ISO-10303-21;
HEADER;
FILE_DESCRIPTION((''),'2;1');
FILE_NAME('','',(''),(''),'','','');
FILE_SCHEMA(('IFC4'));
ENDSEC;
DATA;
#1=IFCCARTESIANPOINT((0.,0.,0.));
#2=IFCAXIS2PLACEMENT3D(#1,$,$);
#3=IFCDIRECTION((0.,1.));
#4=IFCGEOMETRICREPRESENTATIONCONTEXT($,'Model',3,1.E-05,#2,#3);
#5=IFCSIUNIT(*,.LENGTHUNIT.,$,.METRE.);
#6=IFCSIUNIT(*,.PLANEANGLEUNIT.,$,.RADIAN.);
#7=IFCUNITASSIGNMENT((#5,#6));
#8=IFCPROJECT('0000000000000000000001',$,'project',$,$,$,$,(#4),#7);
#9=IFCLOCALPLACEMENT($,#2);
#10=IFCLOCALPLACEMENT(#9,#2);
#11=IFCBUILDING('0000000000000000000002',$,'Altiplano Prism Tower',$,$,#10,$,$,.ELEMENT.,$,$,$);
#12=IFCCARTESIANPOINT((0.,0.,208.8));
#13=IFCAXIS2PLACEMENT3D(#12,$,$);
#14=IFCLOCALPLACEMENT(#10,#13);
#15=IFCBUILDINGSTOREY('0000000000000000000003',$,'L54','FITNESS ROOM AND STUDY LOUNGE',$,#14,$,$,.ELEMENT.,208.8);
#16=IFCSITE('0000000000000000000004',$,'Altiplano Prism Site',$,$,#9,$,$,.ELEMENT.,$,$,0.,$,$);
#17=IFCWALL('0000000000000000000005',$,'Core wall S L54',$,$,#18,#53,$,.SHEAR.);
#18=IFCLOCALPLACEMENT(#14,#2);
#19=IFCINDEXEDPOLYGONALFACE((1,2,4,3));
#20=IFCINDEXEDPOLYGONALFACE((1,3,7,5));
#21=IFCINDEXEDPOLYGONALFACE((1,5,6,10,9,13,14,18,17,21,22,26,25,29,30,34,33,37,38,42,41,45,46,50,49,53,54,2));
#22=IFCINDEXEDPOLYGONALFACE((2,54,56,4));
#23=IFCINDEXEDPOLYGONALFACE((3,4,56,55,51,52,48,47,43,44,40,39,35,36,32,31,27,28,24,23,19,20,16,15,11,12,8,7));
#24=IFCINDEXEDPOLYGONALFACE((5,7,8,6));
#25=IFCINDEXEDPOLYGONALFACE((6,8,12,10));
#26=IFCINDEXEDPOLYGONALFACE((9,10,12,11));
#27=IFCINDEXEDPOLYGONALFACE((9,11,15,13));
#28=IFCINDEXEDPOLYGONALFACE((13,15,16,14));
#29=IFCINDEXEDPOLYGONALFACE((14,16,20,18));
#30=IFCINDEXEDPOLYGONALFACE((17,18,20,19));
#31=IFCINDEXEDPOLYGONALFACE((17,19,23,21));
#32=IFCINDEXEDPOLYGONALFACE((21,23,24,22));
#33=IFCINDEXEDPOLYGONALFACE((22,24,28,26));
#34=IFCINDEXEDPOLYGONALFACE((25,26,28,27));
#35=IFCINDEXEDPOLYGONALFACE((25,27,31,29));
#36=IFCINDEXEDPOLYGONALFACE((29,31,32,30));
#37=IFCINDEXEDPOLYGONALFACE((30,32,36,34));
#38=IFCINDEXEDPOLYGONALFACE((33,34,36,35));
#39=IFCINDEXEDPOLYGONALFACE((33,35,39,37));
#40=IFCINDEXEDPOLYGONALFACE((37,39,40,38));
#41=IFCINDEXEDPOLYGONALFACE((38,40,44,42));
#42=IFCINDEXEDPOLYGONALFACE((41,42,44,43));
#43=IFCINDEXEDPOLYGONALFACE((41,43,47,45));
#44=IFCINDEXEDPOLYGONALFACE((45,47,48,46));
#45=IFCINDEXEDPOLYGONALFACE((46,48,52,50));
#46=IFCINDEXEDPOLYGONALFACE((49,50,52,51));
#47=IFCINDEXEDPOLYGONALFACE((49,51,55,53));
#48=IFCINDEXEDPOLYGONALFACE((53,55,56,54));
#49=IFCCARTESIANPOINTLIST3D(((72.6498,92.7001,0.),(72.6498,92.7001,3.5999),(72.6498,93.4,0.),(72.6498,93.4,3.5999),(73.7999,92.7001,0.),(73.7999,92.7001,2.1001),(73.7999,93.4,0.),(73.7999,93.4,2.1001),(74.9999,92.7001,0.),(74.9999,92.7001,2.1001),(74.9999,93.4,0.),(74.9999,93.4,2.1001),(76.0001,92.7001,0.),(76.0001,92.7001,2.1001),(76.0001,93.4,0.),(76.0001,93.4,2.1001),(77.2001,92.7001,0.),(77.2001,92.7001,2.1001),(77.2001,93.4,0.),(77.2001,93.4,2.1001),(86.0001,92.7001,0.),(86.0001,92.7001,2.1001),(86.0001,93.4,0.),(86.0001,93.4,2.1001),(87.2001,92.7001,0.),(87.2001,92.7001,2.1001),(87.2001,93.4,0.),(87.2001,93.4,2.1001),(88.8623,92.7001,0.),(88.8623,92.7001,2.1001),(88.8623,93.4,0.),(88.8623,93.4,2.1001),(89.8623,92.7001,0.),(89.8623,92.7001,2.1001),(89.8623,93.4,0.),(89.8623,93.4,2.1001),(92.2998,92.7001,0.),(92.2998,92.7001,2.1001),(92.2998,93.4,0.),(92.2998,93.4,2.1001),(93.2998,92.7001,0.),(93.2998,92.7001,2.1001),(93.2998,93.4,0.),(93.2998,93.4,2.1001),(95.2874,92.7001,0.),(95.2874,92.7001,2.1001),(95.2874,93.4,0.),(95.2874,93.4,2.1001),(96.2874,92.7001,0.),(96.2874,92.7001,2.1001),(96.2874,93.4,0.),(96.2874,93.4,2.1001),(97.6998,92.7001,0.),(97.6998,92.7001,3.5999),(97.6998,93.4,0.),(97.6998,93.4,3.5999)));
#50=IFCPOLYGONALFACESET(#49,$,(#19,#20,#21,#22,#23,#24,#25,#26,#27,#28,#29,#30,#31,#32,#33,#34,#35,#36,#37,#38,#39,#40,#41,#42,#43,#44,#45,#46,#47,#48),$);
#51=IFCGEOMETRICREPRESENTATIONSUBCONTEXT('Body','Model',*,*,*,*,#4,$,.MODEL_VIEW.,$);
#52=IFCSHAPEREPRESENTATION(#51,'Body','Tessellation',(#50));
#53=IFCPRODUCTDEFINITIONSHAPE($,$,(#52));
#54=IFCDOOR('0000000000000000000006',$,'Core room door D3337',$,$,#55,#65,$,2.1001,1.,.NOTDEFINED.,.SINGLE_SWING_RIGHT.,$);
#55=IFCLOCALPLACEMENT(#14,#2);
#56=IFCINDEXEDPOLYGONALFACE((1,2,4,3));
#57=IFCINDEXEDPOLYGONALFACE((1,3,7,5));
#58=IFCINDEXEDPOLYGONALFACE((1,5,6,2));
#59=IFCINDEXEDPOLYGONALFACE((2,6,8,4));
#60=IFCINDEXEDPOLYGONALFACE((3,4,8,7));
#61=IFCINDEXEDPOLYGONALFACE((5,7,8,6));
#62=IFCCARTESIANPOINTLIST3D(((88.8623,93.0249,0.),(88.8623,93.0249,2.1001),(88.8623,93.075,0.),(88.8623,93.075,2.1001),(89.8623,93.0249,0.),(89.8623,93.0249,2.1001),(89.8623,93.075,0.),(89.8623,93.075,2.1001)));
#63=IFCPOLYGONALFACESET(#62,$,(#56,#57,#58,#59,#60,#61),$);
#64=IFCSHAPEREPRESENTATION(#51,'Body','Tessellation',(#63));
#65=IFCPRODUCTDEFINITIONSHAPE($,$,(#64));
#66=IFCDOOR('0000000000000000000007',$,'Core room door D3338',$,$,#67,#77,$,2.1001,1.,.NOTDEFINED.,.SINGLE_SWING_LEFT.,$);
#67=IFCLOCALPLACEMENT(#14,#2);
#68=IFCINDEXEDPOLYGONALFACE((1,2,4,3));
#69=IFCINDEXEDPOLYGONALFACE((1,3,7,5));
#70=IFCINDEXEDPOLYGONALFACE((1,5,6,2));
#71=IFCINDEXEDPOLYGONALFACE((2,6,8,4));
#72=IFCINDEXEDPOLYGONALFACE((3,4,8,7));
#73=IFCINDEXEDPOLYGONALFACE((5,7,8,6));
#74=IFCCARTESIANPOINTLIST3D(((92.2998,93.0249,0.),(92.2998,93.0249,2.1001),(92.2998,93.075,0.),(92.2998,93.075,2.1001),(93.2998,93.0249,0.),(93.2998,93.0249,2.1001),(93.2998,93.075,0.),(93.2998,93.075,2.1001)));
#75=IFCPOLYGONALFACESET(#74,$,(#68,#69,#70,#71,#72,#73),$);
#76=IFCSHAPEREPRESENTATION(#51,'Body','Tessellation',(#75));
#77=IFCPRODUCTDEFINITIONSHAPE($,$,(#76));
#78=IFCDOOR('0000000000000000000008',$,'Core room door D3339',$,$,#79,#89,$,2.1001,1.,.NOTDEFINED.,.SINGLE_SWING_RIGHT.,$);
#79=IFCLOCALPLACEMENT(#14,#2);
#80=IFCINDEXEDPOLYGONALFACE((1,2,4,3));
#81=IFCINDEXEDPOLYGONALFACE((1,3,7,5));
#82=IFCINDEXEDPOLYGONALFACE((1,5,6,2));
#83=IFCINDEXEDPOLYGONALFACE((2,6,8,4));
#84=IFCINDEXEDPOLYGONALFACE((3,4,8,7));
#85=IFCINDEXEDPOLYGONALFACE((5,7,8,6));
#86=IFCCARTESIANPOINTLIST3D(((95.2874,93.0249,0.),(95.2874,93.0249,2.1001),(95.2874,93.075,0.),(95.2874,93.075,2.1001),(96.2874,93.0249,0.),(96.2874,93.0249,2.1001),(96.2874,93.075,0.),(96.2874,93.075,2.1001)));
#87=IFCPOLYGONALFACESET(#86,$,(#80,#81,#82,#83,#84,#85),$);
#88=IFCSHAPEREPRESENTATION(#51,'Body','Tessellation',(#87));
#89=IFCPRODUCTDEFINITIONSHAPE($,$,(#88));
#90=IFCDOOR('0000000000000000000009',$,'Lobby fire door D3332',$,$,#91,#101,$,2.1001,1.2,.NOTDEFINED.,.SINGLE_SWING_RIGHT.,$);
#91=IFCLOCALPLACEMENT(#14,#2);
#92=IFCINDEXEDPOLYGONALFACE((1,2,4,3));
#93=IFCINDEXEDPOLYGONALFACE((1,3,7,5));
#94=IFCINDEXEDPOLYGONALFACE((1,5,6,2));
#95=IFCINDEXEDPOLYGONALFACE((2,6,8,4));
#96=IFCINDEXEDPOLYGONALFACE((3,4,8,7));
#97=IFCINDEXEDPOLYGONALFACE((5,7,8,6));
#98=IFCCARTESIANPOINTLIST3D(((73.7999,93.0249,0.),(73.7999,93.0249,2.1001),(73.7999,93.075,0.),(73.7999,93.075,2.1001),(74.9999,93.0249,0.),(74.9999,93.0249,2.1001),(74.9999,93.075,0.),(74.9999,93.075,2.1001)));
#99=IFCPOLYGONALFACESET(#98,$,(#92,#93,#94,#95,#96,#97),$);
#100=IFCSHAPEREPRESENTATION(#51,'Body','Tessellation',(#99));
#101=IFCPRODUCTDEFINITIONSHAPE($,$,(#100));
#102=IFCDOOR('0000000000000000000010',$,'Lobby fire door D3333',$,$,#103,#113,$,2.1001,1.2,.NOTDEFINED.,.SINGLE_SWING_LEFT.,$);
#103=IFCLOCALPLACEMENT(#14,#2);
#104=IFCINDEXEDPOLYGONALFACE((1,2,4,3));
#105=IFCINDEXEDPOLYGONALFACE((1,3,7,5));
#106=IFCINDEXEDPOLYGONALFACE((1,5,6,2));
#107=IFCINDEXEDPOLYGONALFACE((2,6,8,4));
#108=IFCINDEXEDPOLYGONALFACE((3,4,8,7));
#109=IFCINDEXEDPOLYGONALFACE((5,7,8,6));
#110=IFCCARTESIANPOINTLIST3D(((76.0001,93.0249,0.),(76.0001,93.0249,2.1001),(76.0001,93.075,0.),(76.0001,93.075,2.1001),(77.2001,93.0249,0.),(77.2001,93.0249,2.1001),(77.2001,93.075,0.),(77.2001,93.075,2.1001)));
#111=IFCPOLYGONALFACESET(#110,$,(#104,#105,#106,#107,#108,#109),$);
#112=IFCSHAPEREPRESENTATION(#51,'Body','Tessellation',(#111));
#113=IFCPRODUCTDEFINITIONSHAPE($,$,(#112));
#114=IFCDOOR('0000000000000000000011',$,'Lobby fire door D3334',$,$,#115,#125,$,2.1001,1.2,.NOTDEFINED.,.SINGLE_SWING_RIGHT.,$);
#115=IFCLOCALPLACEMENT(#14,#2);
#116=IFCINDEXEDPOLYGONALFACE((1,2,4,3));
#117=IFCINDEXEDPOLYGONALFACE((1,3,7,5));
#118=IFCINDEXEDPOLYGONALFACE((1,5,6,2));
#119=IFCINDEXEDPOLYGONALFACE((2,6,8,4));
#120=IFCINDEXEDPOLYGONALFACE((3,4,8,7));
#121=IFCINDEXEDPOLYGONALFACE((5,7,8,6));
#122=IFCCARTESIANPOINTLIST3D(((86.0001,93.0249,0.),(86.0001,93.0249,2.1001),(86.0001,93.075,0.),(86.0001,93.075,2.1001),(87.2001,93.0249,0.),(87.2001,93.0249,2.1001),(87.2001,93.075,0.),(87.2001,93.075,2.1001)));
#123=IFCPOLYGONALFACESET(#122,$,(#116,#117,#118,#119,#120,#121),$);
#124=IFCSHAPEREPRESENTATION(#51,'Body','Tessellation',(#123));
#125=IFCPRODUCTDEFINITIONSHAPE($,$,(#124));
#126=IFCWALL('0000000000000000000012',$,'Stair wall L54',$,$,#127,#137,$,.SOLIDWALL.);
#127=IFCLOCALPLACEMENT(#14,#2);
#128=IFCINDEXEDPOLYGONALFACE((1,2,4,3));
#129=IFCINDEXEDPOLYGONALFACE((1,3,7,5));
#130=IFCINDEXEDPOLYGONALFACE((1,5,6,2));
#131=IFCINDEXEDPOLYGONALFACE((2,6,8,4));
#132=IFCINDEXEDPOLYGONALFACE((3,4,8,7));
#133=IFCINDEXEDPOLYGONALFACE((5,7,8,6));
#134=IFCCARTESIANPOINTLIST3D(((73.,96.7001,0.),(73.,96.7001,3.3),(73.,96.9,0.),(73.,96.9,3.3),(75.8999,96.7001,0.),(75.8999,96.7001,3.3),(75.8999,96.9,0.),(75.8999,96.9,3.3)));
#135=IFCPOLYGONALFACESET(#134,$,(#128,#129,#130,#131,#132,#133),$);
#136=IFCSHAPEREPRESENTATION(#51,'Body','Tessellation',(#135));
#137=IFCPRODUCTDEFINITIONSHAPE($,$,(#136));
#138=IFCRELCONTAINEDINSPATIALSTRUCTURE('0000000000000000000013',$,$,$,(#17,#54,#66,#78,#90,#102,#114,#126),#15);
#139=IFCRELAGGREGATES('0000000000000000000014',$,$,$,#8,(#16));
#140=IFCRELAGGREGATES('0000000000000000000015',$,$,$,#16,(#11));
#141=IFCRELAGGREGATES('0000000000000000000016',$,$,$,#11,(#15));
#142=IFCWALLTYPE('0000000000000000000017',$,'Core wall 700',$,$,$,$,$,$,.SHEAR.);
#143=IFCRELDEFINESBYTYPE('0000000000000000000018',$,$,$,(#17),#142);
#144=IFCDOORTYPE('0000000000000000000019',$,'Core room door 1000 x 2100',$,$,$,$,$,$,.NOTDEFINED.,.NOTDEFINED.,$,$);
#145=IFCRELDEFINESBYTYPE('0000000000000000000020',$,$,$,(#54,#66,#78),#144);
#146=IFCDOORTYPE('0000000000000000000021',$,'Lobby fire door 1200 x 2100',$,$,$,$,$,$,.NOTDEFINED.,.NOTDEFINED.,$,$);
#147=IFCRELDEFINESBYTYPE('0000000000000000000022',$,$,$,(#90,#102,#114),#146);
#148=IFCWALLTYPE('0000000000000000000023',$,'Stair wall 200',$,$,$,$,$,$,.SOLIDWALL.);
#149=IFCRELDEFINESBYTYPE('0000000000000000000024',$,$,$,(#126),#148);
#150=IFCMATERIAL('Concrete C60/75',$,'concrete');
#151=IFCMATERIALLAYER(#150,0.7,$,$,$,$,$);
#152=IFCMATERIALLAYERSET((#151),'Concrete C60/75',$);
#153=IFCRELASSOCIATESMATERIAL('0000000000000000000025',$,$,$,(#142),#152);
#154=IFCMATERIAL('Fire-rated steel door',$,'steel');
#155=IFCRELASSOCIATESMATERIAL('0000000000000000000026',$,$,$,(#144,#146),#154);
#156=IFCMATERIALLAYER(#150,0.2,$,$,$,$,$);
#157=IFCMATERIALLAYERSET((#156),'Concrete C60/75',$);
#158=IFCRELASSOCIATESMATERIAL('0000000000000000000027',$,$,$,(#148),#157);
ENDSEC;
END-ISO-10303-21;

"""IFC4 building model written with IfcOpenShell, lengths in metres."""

from ifc_helpers import new_model, si_unit, direction, frame, frame_2d, origin, place, context, subcontext, project, spatial, rectangle, extrude, material, layer, layer_set, type_object, element, fill, save


model = new_model("IFC4")

# Units and contexts
model_context = context("Model", 3, precision=1e-05, world=origin(), true_north=direction((0.0, 1.0)))
body_context = subcontext(model_context, "Body", "Model", "MODEL_VIEW")
ifc_project = project(units=[si_unit("LENGTHUNIT", "METRE"), si_unit("PLANEANGLEUNIT", "RADIAN")], contexts=[model_context])

# Site, building, storey
site_placement = place(None, origin())
site = spatial("IfcSite", under=ifc_project, at=site_placement, Name="Altiplano Prism Site", CompositionType="ELEMENT", RefElevation=0.0)
building_placement = place(site_placement, origin())
building = spatial("IfcBuilding", under=site, at=building_placement, Name="Altiplano Prism Tower", CompositionType="ELEMENT")
storey_placement = place(building_placement, frame((0.0, 0.0, 208.8)))
storey = spatial("IfcBuildingStorey", under=building, at=storey_placement, Name="L54", Description="FITNESS ROOM AND STUDY LOUNGE", CompositionType="ELEMENT", Elevation=208.8)

# Wall, openings, doors
ifc_material_1 = material(Name="Concrete C60/75", Category="concrete")
ifc_layer_1 = layer(ifc_material_1, 0.7)
ifc_layer_set_1 = layer_set([ifc_layer_1], Name="Concrete C60/75")
wall_type_1 = type_object("IfcWallType", Name="Core wall 700", PredefinedType="SHEAR", material=ifc_layer_set_1)
wall_1_placement = place(storey_placement, frame((72.6499, 93.05, 0.0), z_axis=(0.0, 0.0, 1.0), x_axis=(1.0, 0.0, 0.0)))
wall_1 = element("IfcWall", 1, at=wall_1_placement, inside=storey, type_object=wall_type_1, Name="Core wall S L54", PredefinedType="SHEAR", context=body_context, shape_type="SweptSolid", body=[
    extrude(rectangle(XDim=25.05, YDim=0.7, at=frame_2d((12.5249, 0.0))), origin(), (0.0, 0.0, 1.0), 3.5999),
])
opening_1_placement = place(wall_1_placement, frame((1.1499, 0.0, 0.0)))
opening_1 = element("IfcOpeningElement", 2, at=opening_1_placement, cuts=wall_1, PredefinedType="OPENING", context=body_context, shape_type="SweptSolid", body=[
    extrude(rectangle(XDim=1.2, YDim=2.1001, at=frame_2d((0.6001, 1.05))), frame((0.0, 0.3604, 0.0), z_axis=(0.0, -1.0, 0.0), x_axis=(1.0, 0.0, 0.0)), (0.0, 0.0, 1.0), 0.7209),
])
opening_2_placement = place(wall_1_placement, frame((3.3501, 0.0, 0.0)))
opening_2 = element("IfcOpeningElement", 3, at=opening_2_placement, cuts=wall_1, PredefinedType="OPENING", context=body_context, shape_type="SweptSolid", body=[
    extrude(rectangle(XDim=1.2, YDim=2.1001, at=frame_2d((0.6001, 1.05))), frame((0.0, 0.3604, 0.0), z_axis=(0.0, -1.0, 0.0), x_axis=(1.0, 0.0, 0.0)), (0.0, 0.0, 1.0), 0.7209),
])
opening_3_placement = place(wall_1_placement, frame((13.3501, 0.0, 0.0)))
opening_3 = element("IfcOpeningElement", 4, at=opening_3_placement, cuts=wall_1, PredefinedType="OPENING", context=body_context, shape_type="SweptSolid", body=[
    extrude(rectangle(XDim=1.2, YDim=2.1001, at=frame_2d((0.6001, 1.05))), frame((0.0, 0.3604, 0.0), z_axis=(0.0, -1.0, 0.0), x_axis=(1.0, 0.0, 0.0)), (0.0, 0.0, 1.0), 0.7209),
])
opening_4_placement = place(wall_1_placement, frame((16.2124, 0.0, 0.0)))
opening_4 = element("IfcOpeningElement", 5, at=opening_4_placement, cuts=wall_1, PredefinedType="OPENING", context=body_context, shape_type="SweptSolid", body=[
    extrude(rectangle(XDim=1.0, YDim=2.1001, at=frame_2d((0.5, 1.05))), frame((0.0, 0.3604, 0.0), z_axis=(0.0, -1.0, 0.0), x_axis=(1.0, 0.0, 0.0)), (0.0, 0.0, 1.0), 0.7209),
])
opening_5_placement = place(wall_1_placement, frame((19.6499, 0.0, 0.0)))
opening_5 = element("IfcOpeningElement", 6, at=opening_5_placement, cuts=wall_1, PredefinedType="OPENING", context=body_context, shape_type="SweptSolid", body=[
    extrude(rectangle(XDim=1.0, YDim=2.1001, at=frame_2d((0.5, 1.05))), frame((0.0, 0.3604, 0.0), z_axis=(0.0, -1.0, 0.0), x_axis=(1.0, 0.0, 0.0)), (0.0, 0.0, 1.0), 0.7209),
])
opening_6_placement = place(wall_1_placement, frame((22.6375, 0.0, 0.0)))
opening_6 = element("IfcOpeningElement", 7, at=opening_6_placement, cuts=wall_1, PredefinedType="OPENING", context=body_context, shape_type="SweptSolid", body=[
    extrude(rectangle(XDim=1.0, YDim=2.1001, at=frame_2d((0.5, 1.05))), frame((0.0, 0.3604, 0.0), z_axis=(0.0, -1.0, 0.0), x_axis=(1.0, 0.0, 0.0)), (0.0, 0.0, 1.0), 0.7209),
])
ifc_material_2 = material(Name="Fire-rated steel door", Category="steel")
door_type_1 = type_object("IfcDoorType", Name="Core room door 1000 x 2100", OperationType="NOTDEFINED", PredefinedType="NOTDEFINED", material=ifc_material_2)
door_1_placement = place(opening_4_placement, origin())
door_1 = element("IfcDoor", 8, at=door_1_placement, inside=storey, type_object=door_type_1, Name="Core room door D3337", OperationType="SINGLE_SWING_RIGHT", OverallHeight=2.1001, OverallWidth=1.0, PredefinedType="NOTDEFINED", context=body_context, shape_type="SweptSolid", body=[
    extrude(rectangle(XDim=1.0, YDim=2.1001, at=frame_2d((0.5, 1.05))), frame((0.0, 0.0249, 0.0), z_axis=(0.0, -1.0, 0.0), x_axis=(1.0, 0.0, 0.0)), (0.0, 0.0, 1.0), 0.05),
])
fill(opening_4, door_1)
door_2_placement = place(opening_5_placement, origin())
door_2 = element("IfcDoor", 9, at=door_2_placement, inside=storey, type_object=door_type_1, Name="Core room door D3338", OperationType="SINGLE_SWING_LEFT", OverallHeight=2.1001, OverallWidth=1.0, PredefinedType="NOTDEFINED", context=body_context, shape_type="SweptSolid", body=[
    extrude(rectangle(XDim=1.0, YDim=2.1001, at=frame_2d((0.5, 1.05))), frame((0.0, 0.0249, 0.0), z_axis=(0.0, -1.0, 0.0), x_axis=(1.0, 0.0, 0.0)), (0.0, 0.0, 1.0), 0.05),
])
fill(opening_5, door_2)
door_3_placement = place(opening_6_placement, origin())
door_3 = element("IfcDoor", 10, at=door_3_placement, inside=storey, type_object=door_type_1, Name="Core room door D3339", OperationType="SINGLE_SWING_RIGHT", OverallHeight=2.1001, OverallWidth=1.0, PredefinedType="NOTDEFINED", context=body_context, shape_type="SweptSolid", body=[
    extrude(rectangle(XDim=1.0, YDim=2.1001, at=frame_2d((0.5, 1.05))), frame((0.0, 0.0249, 0.0), z_axis=(0.0, -1.0, 0.0), x_axis=(1.0, 0.0, 0.0)), (0.0, 0.0, 1.0), 0.05),
])
fill(opening_6, door_3)
door_type_2 = type_object("IfcDoorType", Name="Lobby fire door 1200 x 2100", OperationType="NOTDEFINED", PredefinedType="NOTDEFINED", material=ifc_material_2)
door_4_placement = place(opening_1_placement, origin())
door_4 = element("IfcDoor", 11, at=door_4_placement, inside=storey, type_object=door_type_2, Name="Lobby fire door D3332", OperationType="SINGLE_SWING_RIGHT", OverallHeight=2.1001, OverallWidth=1.2, PredefinedType="NOTDEFINED", context=body_context, shape_type="SweptSolid", body=[
    extrude(rectangle(XDim=1.2, YDim=2.1001, at=frame_2d((0.6001, 1.05))), frame((0.0, 0.0249, 0.0), z_axis=(0.0, -1.0, 0.0), x_axis=(1.0, 0.0, 0.0)), (0.0, 0.0, 1.0), 0.05),
])
fill(opening_1, door_4)
door_5_placement = place(opening_2_placement, origin())
door_5 = element("IfcDoor", 12, at=door_5_placement, inside=storey, type_object=door_type_2, Name="Lobby fire door D3333", OperationType="SINGLE_SWING_LEFT", OverallHeight=2.1001, OverallWidth=1.2, PredefinedType="NOTDEFINED", context=body_context, shape_type="SweptSolid", body=[
    extrude(rectangle(XDim=1.2, YDim=2.1001, at=frame_2d((0.6001, 1.05))), frame((0.0, 0.0249, 0.0), z_axis=(0.0, -1.0, 0.0), x_axis=(1.0, 0.0, 0.0)), (0.0, 0.0, 1.0), 0.05),
])
fill(opening_2, door_5)
door_6_placement = place(opening_3_placement, origin())
door_6 = element("IfcDoor", 13, at=door_6_placement, inside=storey, type_object=door_type_2, Name="Lobby fire door D3334", OperationType="SINGLE_SWING_RIGHT", OverallHeight=2.1001, OverallWidth=1.2, PredefinedType="NOTDEFINED", context=body_context, shape_type="SweptSolid", body=[
    extrude(rectangle(XDim=1.2, YDim=2.1001, at=frame_2d((0.6001, 1.05))), frame((0.0, 0.0249, 0.0), z_axis=(0.0, -1.0, 0.0), x_axis=(1.0, 0.0, 0.0)), (0.0, 0.0, 1.0), 0.05),
])
fill(opening_3, door_6)

# Wall
ifc_layer_2 = layer(ifc_material_1, 0.2)
ifc_layer_set_2 = layer_set([ifc_layer_2], Name="Concrete C60/75")
wall_type_2 = type_object("IfcWallType", Name="Stair wall 200", PredefinedType="SOLIDWALL", material=ifc_layer_set_2)
wall_2_placement = place(storey_placement, frame((73.0, 96.8, 0.0), z_axis=(0.0, 0.0, 1.0), x_axis=(1.0, 0.0, 0.0)))
element("IfcWall", 14, at=wall_2_placement, inside=storey, type_object=wall_type_2, Name="Stair wall L54", PredefinedType="SOLIDWALL", context=body_context, shape_type="SweptSolid", body=[
    extrude(rectangle(XDim=2.8999, YDim=0.2, at=frame_2d((1.45, 0.0))), origin(), (0.0, 0.0, 1.0), 3.3),
])

save(model, "model.ifc")
